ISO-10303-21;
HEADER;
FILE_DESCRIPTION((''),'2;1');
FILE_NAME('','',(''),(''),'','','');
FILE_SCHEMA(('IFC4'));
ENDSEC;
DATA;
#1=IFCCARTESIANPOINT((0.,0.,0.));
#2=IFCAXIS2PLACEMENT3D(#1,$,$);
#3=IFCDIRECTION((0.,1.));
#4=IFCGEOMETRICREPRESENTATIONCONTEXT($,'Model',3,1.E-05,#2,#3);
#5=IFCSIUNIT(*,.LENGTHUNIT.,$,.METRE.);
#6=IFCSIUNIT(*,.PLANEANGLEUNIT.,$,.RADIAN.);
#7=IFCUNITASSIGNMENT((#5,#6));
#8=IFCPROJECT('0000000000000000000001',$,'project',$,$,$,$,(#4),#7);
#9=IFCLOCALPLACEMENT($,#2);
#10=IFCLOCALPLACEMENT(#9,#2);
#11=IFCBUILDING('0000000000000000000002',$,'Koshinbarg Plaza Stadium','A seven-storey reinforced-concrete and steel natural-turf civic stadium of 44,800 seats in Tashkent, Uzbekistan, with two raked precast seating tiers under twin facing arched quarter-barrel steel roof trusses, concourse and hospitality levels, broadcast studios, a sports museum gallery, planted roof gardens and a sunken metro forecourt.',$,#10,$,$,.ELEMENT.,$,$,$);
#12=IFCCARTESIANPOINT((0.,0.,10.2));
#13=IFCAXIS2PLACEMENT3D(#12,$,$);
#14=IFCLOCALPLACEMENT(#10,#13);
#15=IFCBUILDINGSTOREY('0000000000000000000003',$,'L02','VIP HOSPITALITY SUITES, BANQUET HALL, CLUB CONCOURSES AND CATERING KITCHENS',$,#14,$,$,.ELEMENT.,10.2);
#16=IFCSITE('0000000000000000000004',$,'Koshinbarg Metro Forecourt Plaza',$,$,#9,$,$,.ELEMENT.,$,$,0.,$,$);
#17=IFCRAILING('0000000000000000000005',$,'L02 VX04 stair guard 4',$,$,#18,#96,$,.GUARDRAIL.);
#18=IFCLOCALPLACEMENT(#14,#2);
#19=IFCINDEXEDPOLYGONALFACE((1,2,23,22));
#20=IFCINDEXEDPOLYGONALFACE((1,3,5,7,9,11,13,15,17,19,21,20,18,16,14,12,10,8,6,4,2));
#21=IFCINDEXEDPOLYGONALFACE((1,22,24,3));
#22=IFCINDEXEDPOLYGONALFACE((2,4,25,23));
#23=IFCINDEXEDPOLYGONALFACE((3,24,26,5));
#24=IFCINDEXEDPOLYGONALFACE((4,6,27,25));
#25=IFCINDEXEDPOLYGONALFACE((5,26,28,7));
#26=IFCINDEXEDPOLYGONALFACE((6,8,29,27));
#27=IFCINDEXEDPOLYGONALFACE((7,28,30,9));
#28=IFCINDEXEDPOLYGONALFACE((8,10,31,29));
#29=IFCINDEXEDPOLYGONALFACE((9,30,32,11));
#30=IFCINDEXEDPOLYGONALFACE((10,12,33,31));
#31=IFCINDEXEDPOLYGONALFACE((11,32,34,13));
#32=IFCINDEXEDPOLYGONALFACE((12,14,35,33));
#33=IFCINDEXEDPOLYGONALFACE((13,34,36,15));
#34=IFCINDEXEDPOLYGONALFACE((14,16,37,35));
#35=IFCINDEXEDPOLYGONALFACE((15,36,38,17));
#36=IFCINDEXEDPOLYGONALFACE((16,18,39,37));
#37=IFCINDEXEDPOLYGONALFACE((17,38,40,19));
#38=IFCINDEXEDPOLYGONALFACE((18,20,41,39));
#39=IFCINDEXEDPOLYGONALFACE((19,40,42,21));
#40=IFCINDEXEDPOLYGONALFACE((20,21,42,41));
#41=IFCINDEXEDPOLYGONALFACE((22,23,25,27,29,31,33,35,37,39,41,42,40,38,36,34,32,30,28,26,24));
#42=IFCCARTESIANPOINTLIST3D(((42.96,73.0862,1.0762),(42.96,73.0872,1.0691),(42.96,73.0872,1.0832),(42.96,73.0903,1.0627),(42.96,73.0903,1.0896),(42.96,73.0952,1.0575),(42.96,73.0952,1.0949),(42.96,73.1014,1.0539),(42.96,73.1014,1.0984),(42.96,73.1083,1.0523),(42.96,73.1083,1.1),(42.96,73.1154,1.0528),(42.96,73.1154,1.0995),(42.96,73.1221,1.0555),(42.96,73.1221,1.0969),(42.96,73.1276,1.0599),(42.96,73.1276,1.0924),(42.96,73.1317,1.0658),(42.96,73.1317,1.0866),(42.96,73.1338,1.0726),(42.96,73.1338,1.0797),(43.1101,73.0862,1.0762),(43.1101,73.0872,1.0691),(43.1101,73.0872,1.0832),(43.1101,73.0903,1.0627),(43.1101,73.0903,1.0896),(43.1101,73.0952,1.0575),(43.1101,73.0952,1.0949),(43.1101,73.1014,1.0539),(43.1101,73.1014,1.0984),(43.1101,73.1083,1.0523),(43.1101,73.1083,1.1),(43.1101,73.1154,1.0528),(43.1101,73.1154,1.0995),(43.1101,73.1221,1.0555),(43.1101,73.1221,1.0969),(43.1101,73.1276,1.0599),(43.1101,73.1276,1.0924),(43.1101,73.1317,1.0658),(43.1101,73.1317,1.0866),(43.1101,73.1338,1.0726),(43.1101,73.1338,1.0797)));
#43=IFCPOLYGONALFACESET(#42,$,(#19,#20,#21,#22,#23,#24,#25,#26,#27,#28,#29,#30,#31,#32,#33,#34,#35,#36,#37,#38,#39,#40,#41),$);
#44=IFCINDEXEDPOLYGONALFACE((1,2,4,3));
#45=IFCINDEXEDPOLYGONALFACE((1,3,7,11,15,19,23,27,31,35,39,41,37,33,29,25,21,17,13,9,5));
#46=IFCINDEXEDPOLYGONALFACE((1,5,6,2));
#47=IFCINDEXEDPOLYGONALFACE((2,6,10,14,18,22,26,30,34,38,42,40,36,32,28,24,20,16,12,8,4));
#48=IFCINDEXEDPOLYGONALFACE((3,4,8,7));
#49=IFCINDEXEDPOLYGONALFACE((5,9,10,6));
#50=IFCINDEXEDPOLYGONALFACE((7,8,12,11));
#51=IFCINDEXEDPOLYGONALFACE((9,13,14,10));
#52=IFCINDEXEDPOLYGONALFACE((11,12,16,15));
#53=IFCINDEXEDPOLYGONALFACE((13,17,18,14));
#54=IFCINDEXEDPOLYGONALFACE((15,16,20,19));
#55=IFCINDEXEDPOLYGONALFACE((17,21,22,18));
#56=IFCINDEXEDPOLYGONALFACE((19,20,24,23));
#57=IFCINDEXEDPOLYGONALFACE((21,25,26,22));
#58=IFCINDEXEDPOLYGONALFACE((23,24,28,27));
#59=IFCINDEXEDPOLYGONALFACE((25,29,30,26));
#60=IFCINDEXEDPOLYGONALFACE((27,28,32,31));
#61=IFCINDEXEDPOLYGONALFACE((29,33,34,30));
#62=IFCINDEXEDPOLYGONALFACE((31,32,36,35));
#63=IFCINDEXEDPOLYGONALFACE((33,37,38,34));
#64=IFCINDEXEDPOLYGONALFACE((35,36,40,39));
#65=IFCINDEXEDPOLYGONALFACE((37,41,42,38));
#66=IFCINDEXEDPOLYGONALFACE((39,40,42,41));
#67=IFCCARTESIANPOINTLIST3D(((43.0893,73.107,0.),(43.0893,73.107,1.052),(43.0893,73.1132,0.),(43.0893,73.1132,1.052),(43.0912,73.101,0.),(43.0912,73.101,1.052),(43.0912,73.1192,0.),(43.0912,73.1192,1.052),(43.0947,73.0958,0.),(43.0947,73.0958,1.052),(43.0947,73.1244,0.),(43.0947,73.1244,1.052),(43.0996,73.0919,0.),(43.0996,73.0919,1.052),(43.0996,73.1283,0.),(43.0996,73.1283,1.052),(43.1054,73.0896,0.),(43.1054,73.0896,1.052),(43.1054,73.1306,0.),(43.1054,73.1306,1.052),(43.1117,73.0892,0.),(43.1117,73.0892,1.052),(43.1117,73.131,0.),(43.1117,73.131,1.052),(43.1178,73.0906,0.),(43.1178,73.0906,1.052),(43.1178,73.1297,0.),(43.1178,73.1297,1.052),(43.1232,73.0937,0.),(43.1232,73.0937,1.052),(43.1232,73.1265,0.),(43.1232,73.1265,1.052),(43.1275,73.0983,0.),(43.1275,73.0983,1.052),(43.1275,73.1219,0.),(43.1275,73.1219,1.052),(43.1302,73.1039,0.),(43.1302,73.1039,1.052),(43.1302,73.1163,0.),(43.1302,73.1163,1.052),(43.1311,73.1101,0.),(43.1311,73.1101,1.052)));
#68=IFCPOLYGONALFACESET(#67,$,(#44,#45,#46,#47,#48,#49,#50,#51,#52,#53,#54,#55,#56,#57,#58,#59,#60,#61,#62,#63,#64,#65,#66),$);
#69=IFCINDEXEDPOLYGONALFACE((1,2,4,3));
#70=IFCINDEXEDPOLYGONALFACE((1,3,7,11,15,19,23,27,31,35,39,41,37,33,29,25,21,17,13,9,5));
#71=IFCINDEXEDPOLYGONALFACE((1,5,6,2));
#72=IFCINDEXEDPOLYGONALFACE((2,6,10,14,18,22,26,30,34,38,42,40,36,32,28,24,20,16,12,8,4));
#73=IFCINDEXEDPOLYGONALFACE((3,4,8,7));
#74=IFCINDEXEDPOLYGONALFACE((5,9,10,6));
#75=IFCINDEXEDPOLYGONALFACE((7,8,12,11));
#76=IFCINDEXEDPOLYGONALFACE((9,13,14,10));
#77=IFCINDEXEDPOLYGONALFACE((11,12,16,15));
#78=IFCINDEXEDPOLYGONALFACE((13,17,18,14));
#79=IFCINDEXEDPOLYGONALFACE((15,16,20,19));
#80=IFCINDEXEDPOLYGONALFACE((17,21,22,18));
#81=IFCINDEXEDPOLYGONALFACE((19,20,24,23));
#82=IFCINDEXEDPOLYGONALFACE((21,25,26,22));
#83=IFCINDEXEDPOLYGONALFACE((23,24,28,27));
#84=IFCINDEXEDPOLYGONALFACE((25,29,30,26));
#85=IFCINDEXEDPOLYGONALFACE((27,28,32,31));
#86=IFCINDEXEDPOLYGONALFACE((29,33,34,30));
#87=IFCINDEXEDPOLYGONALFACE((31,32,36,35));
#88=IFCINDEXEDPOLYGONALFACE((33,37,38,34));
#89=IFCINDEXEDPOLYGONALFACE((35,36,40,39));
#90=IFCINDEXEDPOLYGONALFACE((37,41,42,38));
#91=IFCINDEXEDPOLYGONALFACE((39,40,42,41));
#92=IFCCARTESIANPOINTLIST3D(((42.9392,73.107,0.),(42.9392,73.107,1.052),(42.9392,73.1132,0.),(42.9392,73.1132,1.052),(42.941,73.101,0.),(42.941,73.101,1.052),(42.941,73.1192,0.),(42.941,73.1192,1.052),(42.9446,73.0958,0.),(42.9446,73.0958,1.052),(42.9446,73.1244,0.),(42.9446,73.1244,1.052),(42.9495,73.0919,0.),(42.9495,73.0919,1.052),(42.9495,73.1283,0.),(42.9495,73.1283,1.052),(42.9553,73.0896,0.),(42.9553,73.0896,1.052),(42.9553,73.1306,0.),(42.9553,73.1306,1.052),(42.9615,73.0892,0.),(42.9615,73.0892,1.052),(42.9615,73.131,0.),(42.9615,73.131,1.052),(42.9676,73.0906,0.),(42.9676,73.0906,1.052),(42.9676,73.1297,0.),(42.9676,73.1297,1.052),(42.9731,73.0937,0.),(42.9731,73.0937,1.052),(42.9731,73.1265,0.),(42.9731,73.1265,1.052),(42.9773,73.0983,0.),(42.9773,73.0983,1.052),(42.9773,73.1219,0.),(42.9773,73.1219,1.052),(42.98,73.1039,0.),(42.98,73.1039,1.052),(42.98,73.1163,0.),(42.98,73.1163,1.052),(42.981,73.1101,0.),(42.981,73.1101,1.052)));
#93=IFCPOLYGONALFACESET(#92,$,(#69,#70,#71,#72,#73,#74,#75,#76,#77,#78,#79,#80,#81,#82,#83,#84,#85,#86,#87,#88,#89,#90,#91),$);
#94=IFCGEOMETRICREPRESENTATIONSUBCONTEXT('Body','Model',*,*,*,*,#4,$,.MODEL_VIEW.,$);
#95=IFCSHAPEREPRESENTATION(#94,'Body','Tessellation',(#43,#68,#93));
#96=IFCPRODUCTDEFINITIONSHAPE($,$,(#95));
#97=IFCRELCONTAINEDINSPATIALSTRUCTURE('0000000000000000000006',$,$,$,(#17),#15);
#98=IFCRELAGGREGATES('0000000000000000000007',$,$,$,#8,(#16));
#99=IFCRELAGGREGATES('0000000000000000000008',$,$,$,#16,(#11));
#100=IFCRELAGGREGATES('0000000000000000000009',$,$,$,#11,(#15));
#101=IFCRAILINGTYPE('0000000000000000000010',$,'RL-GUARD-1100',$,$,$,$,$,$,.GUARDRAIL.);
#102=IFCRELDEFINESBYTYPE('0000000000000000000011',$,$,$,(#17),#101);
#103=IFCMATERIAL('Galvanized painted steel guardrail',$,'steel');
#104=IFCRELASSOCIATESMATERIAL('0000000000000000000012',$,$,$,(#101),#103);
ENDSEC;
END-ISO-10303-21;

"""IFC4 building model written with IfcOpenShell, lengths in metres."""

from ifc_helpers import new_model, si_unit, direction, frame, origin, origin_2d, place, context, subcontext, project, spatial, circle, extrude, material, type_object, element, save


model = new_model("IFC4")

# Units and contexts
model_context = context("Model", 3, precision=1e-05, world=origin(), true_north=direction((0.0, 1.0)))
body_context = subcontext(model_context, "Body", "Model", "MODEL_VIEW")
ifc_project = project(units=[si_unit("LENGTHUNIT", "METRE"), si_unit("PLANEANGLEUNIT", "RADIAN")], contexts=[model_context])

# Site, building, storey
site_placement = place(None, origin())
site = spatial("IfcSite", under=ifc_project, at=site_placement, Name="Koshinbarg Metro Forecourt Plaza", CompositionType="ELEMENT", RefElevation=0.0)
building_placement = place(site_placement, origin())
building = spatial("IfcBuilding", under=site, at=building_placement, Name="Koshinbarg Plaza Stadium", Description="A seven-storey reinforced-concrete and steel natural-turf civic stadium of 44,800 seats in Tashkent, Uzbekistan, with two raked precast seating tiers under twin facing arched quarter-barrel steel roof trusses, concourse and hospitality levels, broadcast studios, a sports museum gallery, planted roof gardens and a sunken metro forecourt.", CompositionType="ELEMENT")
storey_placement = place(building_placement, frame((0.0, 0.0, 10.2)))
storey = spatial("IfcBuildingStorey", under=building, at=storey_placement, Name="L02", Description="VIP HOSPITALITY SUITES, BANQUET HALL, CLUB CONCOURSES AND CATERING KITCHENS", CompositionType="ELEMENT", Elevation=10.2)

# Railing
ifc_material_1 = material(Name="Galvanized painted steel guardrail", Category="steel")
railing_type_1 = type_object("IfcRailingType", Name="RL-GUARD-1100", PredefinedType="GUARDRAIL", material=ifc_material_1)
railing_1_placement = place(storey_placement, frame((43.1101, 73.1101, 0.0)))
element("IfcRailing", 1, at=railing_1_placement, inside=storey, type_object=railing_type_1, Name="L02 VX04 stair guard 4", PredefinedType="GUARDRAIL", context=body_context, shape_type="SweptSolid", body=[
    extrude(circle(Radius=0.0239, at=origin_2d()), frame((0.0, 0.0, 1.0762), z_axis=(-1.0, 0.0, 0.0), x_axis=(0.0, -1.0, 0.0)), (0.0, 0.0, 1.0), 0.1501),
    extrude(circle(Radius=0.021, at=origin_2d()), origin(), (0.0, 0.0, 1.0), 1.052),
    extrude(circle(Radius=0.021, at=origin_2d()), frame((-0.1501, 0.0, 0.0)), (0.0, 0.0, 1.0), 1.052),
])

save(model, "model.ifc")
